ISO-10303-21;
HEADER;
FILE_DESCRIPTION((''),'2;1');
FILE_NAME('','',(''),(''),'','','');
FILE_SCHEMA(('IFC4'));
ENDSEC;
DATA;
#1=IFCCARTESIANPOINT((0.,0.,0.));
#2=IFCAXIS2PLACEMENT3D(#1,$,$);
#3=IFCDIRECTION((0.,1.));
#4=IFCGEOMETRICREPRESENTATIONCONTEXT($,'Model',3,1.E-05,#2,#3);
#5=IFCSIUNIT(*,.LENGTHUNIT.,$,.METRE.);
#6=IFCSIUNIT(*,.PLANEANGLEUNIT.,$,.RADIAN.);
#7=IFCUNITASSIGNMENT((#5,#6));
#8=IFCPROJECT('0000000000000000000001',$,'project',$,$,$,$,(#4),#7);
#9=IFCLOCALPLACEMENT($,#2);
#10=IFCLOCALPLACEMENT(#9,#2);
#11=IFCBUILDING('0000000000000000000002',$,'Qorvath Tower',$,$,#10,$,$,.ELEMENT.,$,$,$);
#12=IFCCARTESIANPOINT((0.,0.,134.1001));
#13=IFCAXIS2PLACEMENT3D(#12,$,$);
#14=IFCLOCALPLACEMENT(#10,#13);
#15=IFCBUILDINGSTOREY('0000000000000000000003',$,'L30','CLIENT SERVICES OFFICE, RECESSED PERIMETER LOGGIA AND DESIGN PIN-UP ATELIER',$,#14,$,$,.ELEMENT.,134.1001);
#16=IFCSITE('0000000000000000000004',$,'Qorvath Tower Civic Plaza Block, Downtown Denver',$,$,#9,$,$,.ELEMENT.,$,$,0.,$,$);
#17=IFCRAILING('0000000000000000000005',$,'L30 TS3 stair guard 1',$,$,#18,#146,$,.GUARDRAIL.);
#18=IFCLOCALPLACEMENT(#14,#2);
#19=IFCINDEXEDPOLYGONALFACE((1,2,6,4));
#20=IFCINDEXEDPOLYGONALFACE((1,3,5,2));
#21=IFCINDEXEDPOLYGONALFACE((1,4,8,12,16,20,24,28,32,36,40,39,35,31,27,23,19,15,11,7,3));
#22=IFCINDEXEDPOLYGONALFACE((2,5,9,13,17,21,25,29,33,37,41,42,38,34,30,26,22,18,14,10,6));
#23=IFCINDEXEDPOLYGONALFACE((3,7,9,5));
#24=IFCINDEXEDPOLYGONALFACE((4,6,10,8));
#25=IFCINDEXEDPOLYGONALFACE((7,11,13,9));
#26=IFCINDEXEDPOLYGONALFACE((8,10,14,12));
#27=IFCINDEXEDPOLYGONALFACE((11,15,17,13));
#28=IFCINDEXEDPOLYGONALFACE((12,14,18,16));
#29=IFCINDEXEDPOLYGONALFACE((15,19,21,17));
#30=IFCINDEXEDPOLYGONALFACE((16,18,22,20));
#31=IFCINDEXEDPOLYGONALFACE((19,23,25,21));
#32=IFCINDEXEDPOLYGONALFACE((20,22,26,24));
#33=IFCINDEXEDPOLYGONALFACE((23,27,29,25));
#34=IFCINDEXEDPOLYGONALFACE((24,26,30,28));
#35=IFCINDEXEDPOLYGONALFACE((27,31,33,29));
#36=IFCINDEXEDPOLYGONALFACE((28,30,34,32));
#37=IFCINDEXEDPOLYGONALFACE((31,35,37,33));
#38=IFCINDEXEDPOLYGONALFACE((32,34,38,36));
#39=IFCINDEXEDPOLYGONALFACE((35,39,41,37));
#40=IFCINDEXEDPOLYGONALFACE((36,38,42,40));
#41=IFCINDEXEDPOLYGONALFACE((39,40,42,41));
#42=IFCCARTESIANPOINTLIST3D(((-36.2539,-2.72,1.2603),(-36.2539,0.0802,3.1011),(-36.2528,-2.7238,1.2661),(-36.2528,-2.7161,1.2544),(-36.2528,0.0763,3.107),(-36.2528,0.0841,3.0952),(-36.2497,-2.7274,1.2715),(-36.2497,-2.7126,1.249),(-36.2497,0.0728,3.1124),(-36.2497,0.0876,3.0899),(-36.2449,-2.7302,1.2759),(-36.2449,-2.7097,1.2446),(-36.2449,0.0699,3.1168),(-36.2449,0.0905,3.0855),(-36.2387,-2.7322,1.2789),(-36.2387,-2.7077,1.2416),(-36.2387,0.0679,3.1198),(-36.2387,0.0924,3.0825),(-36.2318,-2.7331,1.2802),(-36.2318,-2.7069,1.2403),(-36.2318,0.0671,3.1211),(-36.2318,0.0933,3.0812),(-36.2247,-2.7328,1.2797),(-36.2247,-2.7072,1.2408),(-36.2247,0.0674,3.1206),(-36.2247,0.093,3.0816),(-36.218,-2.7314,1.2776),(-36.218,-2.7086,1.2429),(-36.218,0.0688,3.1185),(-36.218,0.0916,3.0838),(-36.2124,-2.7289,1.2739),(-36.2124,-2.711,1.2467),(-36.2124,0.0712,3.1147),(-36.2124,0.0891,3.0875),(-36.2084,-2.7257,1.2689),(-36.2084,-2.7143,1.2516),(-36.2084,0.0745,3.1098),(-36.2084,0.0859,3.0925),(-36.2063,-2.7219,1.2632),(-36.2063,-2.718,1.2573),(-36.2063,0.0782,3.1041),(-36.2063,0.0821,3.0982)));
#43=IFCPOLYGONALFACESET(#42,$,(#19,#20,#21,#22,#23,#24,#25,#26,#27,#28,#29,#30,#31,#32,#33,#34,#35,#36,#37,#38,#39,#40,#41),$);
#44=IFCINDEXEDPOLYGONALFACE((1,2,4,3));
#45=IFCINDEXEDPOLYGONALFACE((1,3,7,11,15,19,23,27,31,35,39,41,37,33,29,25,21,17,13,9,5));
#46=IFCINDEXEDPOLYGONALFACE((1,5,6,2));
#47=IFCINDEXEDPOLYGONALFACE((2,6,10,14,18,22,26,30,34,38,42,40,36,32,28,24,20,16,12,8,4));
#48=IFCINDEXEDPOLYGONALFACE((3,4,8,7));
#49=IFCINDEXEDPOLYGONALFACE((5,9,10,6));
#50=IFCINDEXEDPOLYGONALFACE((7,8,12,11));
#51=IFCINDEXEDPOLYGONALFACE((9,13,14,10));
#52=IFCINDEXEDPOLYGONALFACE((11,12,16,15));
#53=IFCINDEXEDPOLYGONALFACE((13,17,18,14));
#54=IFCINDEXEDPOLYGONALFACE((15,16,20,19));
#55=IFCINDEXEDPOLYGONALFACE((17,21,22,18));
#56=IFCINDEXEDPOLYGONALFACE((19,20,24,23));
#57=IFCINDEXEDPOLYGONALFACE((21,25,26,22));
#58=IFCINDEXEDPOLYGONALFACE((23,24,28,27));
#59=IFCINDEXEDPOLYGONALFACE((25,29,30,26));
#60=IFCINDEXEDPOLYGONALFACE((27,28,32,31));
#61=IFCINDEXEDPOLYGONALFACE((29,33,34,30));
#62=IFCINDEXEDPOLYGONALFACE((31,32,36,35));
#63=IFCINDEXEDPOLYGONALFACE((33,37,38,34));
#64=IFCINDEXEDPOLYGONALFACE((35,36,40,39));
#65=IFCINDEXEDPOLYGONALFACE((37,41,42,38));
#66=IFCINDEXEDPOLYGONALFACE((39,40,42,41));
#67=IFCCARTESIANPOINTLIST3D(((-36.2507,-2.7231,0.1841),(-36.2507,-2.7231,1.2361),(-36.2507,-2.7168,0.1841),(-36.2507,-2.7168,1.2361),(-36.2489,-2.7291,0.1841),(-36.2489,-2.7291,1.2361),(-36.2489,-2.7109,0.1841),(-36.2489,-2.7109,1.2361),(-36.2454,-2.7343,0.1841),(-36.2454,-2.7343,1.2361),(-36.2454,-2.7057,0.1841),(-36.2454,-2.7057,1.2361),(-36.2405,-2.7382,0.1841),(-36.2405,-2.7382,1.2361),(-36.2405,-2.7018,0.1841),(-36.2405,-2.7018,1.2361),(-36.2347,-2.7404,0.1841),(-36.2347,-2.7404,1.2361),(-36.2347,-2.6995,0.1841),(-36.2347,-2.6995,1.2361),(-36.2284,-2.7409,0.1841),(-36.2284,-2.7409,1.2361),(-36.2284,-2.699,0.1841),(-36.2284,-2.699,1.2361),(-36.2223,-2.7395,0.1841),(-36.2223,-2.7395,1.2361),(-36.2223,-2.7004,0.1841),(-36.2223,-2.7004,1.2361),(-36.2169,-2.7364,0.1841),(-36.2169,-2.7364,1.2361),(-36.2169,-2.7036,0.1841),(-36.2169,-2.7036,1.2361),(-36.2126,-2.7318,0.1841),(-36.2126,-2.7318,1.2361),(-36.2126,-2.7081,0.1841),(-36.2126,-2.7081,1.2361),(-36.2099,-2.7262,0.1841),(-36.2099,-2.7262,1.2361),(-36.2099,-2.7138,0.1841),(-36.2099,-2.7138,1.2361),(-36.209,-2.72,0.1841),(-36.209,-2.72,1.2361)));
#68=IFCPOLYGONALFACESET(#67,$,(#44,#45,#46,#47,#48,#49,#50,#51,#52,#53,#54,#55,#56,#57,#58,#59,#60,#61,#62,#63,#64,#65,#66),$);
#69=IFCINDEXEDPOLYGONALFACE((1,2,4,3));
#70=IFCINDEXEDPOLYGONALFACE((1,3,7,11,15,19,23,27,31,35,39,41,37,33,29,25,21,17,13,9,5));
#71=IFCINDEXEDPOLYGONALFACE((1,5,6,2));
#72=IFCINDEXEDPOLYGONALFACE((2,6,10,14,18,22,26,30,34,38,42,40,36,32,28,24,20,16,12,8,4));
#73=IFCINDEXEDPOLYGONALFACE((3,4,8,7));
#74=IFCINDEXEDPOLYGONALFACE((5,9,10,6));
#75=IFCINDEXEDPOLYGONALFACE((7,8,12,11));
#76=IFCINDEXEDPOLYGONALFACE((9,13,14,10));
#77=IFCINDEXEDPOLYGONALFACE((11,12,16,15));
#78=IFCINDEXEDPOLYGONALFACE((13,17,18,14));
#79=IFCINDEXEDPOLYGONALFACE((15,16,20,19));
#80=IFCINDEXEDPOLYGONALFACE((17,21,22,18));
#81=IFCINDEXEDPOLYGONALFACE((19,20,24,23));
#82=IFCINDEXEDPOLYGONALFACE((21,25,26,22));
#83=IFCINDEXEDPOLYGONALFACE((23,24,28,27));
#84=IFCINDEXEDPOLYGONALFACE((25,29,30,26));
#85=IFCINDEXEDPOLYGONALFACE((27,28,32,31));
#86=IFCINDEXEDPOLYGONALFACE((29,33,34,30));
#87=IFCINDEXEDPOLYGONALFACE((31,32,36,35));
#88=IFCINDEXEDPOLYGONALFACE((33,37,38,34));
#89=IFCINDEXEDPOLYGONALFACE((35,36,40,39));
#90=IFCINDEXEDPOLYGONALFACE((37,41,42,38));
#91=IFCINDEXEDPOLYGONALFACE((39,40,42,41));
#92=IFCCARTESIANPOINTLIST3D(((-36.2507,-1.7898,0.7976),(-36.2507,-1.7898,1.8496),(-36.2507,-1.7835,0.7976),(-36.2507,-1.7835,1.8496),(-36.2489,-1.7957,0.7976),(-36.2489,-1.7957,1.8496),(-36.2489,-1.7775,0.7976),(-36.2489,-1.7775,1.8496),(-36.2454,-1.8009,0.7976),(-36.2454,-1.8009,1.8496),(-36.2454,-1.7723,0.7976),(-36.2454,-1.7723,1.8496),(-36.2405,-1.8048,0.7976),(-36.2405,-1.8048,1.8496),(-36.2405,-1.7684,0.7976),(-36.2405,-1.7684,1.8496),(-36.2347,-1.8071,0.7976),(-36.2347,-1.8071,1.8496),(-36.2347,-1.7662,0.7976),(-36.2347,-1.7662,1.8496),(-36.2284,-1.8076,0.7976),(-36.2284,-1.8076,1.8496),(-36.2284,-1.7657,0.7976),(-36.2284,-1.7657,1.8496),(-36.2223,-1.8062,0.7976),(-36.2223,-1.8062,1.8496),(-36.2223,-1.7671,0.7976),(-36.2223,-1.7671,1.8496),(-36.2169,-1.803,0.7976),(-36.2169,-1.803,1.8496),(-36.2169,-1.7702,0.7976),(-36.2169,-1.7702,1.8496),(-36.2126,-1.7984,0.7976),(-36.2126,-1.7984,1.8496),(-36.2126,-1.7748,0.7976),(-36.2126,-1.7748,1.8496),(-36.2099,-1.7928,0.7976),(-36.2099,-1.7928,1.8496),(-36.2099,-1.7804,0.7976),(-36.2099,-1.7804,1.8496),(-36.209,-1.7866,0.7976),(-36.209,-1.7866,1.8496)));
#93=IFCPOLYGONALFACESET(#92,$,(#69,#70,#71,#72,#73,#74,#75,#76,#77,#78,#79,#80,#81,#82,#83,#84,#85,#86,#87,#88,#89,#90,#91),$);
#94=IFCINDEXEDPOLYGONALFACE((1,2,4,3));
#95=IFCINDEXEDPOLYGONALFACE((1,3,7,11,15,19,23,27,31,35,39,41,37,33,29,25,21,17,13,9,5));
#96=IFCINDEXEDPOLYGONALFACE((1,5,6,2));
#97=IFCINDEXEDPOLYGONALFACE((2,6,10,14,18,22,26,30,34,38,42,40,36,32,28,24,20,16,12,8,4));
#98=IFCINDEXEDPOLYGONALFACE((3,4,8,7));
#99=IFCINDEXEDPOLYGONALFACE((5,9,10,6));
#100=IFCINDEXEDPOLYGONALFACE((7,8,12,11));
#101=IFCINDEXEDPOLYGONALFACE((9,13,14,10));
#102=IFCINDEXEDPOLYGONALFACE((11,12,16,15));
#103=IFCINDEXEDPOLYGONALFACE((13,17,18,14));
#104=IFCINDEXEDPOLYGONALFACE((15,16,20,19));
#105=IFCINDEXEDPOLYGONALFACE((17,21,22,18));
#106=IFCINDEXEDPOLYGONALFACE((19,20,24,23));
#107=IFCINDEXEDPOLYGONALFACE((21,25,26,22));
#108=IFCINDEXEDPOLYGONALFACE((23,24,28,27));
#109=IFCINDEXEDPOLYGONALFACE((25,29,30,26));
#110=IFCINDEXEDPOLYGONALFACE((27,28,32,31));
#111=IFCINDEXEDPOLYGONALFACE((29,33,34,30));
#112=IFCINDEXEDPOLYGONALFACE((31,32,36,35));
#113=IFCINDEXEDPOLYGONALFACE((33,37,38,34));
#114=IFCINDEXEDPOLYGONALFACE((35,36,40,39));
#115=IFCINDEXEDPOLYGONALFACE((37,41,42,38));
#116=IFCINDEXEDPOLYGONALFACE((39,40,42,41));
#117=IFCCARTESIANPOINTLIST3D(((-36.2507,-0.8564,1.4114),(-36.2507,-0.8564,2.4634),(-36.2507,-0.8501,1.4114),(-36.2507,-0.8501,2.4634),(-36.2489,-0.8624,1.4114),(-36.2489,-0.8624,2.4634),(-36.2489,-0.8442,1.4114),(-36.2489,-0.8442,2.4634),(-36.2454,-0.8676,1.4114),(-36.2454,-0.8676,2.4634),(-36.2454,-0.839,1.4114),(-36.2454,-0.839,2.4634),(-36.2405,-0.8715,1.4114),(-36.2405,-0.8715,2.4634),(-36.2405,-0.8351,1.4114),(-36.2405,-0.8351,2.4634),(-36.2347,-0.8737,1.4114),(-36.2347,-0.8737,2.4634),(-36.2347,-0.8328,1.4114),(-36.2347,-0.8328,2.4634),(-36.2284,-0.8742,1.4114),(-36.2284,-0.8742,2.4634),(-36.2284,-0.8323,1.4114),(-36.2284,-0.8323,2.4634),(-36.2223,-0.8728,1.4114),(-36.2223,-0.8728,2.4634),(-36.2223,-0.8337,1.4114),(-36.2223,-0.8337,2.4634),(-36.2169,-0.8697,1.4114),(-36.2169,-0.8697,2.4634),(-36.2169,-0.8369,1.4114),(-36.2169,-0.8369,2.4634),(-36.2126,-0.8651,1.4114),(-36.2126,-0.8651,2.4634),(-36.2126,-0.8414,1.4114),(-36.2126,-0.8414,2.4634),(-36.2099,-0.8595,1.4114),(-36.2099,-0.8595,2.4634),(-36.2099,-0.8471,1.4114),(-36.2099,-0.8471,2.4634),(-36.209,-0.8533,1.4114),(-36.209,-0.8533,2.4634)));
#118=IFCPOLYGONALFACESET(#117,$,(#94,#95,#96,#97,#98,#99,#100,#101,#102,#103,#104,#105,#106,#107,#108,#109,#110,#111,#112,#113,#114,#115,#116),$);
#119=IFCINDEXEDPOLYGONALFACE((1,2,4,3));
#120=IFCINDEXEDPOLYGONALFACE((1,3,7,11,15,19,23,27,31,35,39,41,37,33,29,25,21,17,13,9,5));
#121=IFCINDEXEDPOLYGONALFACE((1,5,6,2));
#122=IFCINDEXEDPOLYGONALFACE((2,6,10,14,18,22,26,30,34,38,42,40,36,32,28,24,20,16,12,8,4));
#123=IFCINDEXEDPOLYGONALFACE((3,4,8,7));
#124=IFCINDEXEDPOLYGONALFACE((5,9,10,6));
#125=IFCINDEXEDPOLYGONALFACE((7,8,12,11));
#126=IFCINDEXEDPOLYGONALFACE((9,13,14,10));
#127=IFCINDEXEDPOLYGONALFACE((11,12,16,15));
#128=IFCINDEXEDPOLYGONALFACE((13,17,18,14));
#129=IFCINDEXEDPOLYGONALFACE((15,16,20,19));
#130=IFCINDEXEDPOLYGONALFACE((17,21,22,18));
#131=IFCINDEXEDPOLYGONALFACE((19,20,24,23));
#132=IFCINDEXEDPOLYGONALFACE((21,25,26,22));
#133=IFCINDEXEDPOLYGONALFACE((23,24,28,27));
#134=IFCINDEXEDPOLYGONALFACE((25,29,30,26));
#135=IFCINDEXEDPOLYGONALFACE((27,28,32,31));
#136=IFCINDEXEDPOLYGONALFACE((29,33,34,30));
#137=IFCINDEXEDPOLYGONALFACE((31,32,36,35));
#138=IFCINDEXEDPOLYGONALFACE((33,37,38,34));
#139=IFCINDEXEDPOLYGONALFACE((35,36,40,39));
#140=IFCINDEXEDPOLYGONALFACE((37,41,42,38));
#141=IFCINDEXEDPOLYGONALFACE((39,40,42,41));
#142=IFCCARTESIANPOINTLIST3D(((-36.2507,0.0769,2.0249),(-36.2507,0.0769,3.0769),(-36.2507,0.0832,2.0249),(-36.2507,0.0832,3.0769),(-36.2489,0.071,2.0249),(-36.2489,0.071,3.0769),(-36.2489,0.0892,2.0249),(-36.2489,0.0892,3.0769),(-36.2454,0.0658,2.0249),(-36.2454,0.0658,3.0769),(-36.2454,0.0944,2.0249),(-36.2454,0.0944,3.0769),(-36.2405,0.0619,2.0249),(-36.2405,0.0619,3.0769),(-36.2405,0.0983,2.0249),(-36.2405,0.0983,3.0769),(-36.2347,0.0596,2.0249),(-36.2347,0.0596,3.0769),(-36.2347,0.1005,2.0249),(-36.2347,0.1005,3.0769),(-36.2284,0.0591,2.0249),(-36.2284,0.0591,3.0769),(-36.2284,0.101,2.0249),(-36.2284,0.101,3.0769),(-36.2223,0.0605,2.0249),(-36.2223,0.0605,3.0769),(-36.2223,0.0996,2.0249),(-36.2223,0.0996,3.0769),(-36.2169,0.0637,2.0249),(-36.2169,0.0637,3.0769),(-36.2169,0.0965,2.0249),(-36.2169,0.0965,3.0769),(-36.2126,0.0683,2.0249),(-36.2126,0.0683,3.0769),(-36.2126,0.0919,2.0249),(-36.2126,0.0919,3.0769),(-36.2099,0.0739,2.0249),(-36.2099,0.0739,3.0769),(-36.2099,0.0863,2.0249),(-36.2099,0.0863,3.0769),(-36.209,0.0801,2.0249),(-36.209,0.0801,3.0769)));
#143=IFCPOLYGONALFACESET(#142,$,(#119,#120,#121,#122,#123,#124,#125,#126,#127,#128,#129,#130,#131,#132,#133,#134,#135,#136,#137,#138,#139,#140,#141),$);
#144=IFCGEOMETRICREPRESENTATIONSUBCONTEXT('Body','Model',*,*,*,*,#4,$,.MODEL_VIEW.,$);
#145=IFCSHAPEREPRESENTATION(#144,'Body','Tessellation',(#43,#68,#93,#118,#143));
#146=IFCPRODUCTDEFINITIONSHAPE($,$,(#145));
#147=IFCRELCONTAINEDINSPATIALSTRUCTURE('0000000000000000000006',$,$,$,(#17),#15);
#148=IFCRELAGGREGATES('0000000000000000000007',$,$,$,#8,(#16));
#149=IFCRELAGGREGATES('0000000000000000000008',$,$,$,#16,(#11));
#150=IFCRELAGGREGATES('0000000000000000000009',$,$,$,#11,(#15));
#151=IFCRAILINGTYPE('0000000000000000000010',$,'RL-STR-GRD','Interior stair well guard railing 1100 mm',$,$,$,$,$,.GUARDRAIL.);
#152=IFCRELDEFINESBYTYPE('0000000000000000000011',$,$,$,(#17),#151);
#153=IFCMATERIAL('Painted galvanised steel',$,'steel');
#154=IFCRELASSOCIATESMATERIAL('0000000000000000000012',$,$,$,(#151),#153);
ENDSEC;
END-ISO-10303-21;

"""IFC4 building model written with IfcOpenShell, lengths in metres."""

from ifc_helpers import new_model, si_unit, direction, frame, origin, origin_2d, place, context, subcontext, project, spatial, circle, extrude, material, type_object, element, save


model = new_model("IFC4")

# Units and contexts
model_context = context("Model", 3, precision=1e-05, world=origin(), true_north=direction((0.0, 1.0)))
body_context = subcontext(model_context, "Body", "Model", "MODEL_VIEW")
ifc_project = project(units=[si_unit("LENGTHUNIT", "METRE"), si_unit("PLANEANGLEUNIT", "RADIAN")], contexts=[model_context])

# Site, building, storey
site_placement = place(None, origin())
site = spatial("IfcSite", under=ifc_project, at=site_placement, Name="Qorvath Tower Civic Plaza Block, Downtown Denver", CompositionType="ELEMENT", RefElevation=0.0)
building_placement = place(site_placement, origin())
building = spatial("IfcBuilding", under=site, at=building_placement, Name="Qorvath Tower", CompositionType="ELEMENT")
storey_placement = place(building_placement, frame((0.0, 0.0, 134.1001)))
storey = spatial("IfcBuildingStorey", under=building, at=storey_placement, Name="L30", Description="CLIENT SERVICES OFFICE, RECESSED PERIMETER LOGGIA AND DESIGN PIN-UP ATELIER", CompositionType="ELEMENT", Elevation=134.1001)

# Railing
ifc_material_1 = material(Name="Painted galvanised steel", Category="steel")
railing_type_1 = type_object("IfcRailingType", Name="RL-STR-GRD", Description="Interior stair well guard railing 1100 mm", PredefinedType="GUARDRAIL", material=ifc_material_1)
railing_1_placement = place(storey_placement, frame((-36.23, -2.72, 0.1841)))
element("IfcRailing", 1, at=railing_1_placement, inside=storey, type_object=railing_type_1, Name="L30 TS3 stair guard 1", PredefinedType="GUARDRAIL", context=body_context, shape_type="SweptSolid", body=[
    extrude(circle(Radius=0.0239, at=origin_2d()), frame((0.0, 0.0, 1.0762), z_axis=(0.0, 0.835598, 0.549342), x_axis=(-1.0, 0.0, 0.0)), (0.0, 0.0, 1.0), 3.3511),
    extrude(circle(Radius=0.021, at=origin_2d()), origin(), (0.0, 0.0, 1.0), 1.052),
    extrude(circle(Radius=0.021, at=origin_2d()), frame((0.0, 0.9333, 0.6135)), (0.0, 0.0, 1.0), 1.052),
    extrude(circle(Radius=0.021, at=origin_2d()), frame((0.0, 1.8667, 1.2273)), (0.0, 0.0, 1.0), 1.052),
    extrude(circle(Radius=0.021, at=origin_2d()), frame((0.0, 2.8, 1.8408)), (0.0, 0.0, 1.0), 1.052),
])

save(model, "model.ifc")
